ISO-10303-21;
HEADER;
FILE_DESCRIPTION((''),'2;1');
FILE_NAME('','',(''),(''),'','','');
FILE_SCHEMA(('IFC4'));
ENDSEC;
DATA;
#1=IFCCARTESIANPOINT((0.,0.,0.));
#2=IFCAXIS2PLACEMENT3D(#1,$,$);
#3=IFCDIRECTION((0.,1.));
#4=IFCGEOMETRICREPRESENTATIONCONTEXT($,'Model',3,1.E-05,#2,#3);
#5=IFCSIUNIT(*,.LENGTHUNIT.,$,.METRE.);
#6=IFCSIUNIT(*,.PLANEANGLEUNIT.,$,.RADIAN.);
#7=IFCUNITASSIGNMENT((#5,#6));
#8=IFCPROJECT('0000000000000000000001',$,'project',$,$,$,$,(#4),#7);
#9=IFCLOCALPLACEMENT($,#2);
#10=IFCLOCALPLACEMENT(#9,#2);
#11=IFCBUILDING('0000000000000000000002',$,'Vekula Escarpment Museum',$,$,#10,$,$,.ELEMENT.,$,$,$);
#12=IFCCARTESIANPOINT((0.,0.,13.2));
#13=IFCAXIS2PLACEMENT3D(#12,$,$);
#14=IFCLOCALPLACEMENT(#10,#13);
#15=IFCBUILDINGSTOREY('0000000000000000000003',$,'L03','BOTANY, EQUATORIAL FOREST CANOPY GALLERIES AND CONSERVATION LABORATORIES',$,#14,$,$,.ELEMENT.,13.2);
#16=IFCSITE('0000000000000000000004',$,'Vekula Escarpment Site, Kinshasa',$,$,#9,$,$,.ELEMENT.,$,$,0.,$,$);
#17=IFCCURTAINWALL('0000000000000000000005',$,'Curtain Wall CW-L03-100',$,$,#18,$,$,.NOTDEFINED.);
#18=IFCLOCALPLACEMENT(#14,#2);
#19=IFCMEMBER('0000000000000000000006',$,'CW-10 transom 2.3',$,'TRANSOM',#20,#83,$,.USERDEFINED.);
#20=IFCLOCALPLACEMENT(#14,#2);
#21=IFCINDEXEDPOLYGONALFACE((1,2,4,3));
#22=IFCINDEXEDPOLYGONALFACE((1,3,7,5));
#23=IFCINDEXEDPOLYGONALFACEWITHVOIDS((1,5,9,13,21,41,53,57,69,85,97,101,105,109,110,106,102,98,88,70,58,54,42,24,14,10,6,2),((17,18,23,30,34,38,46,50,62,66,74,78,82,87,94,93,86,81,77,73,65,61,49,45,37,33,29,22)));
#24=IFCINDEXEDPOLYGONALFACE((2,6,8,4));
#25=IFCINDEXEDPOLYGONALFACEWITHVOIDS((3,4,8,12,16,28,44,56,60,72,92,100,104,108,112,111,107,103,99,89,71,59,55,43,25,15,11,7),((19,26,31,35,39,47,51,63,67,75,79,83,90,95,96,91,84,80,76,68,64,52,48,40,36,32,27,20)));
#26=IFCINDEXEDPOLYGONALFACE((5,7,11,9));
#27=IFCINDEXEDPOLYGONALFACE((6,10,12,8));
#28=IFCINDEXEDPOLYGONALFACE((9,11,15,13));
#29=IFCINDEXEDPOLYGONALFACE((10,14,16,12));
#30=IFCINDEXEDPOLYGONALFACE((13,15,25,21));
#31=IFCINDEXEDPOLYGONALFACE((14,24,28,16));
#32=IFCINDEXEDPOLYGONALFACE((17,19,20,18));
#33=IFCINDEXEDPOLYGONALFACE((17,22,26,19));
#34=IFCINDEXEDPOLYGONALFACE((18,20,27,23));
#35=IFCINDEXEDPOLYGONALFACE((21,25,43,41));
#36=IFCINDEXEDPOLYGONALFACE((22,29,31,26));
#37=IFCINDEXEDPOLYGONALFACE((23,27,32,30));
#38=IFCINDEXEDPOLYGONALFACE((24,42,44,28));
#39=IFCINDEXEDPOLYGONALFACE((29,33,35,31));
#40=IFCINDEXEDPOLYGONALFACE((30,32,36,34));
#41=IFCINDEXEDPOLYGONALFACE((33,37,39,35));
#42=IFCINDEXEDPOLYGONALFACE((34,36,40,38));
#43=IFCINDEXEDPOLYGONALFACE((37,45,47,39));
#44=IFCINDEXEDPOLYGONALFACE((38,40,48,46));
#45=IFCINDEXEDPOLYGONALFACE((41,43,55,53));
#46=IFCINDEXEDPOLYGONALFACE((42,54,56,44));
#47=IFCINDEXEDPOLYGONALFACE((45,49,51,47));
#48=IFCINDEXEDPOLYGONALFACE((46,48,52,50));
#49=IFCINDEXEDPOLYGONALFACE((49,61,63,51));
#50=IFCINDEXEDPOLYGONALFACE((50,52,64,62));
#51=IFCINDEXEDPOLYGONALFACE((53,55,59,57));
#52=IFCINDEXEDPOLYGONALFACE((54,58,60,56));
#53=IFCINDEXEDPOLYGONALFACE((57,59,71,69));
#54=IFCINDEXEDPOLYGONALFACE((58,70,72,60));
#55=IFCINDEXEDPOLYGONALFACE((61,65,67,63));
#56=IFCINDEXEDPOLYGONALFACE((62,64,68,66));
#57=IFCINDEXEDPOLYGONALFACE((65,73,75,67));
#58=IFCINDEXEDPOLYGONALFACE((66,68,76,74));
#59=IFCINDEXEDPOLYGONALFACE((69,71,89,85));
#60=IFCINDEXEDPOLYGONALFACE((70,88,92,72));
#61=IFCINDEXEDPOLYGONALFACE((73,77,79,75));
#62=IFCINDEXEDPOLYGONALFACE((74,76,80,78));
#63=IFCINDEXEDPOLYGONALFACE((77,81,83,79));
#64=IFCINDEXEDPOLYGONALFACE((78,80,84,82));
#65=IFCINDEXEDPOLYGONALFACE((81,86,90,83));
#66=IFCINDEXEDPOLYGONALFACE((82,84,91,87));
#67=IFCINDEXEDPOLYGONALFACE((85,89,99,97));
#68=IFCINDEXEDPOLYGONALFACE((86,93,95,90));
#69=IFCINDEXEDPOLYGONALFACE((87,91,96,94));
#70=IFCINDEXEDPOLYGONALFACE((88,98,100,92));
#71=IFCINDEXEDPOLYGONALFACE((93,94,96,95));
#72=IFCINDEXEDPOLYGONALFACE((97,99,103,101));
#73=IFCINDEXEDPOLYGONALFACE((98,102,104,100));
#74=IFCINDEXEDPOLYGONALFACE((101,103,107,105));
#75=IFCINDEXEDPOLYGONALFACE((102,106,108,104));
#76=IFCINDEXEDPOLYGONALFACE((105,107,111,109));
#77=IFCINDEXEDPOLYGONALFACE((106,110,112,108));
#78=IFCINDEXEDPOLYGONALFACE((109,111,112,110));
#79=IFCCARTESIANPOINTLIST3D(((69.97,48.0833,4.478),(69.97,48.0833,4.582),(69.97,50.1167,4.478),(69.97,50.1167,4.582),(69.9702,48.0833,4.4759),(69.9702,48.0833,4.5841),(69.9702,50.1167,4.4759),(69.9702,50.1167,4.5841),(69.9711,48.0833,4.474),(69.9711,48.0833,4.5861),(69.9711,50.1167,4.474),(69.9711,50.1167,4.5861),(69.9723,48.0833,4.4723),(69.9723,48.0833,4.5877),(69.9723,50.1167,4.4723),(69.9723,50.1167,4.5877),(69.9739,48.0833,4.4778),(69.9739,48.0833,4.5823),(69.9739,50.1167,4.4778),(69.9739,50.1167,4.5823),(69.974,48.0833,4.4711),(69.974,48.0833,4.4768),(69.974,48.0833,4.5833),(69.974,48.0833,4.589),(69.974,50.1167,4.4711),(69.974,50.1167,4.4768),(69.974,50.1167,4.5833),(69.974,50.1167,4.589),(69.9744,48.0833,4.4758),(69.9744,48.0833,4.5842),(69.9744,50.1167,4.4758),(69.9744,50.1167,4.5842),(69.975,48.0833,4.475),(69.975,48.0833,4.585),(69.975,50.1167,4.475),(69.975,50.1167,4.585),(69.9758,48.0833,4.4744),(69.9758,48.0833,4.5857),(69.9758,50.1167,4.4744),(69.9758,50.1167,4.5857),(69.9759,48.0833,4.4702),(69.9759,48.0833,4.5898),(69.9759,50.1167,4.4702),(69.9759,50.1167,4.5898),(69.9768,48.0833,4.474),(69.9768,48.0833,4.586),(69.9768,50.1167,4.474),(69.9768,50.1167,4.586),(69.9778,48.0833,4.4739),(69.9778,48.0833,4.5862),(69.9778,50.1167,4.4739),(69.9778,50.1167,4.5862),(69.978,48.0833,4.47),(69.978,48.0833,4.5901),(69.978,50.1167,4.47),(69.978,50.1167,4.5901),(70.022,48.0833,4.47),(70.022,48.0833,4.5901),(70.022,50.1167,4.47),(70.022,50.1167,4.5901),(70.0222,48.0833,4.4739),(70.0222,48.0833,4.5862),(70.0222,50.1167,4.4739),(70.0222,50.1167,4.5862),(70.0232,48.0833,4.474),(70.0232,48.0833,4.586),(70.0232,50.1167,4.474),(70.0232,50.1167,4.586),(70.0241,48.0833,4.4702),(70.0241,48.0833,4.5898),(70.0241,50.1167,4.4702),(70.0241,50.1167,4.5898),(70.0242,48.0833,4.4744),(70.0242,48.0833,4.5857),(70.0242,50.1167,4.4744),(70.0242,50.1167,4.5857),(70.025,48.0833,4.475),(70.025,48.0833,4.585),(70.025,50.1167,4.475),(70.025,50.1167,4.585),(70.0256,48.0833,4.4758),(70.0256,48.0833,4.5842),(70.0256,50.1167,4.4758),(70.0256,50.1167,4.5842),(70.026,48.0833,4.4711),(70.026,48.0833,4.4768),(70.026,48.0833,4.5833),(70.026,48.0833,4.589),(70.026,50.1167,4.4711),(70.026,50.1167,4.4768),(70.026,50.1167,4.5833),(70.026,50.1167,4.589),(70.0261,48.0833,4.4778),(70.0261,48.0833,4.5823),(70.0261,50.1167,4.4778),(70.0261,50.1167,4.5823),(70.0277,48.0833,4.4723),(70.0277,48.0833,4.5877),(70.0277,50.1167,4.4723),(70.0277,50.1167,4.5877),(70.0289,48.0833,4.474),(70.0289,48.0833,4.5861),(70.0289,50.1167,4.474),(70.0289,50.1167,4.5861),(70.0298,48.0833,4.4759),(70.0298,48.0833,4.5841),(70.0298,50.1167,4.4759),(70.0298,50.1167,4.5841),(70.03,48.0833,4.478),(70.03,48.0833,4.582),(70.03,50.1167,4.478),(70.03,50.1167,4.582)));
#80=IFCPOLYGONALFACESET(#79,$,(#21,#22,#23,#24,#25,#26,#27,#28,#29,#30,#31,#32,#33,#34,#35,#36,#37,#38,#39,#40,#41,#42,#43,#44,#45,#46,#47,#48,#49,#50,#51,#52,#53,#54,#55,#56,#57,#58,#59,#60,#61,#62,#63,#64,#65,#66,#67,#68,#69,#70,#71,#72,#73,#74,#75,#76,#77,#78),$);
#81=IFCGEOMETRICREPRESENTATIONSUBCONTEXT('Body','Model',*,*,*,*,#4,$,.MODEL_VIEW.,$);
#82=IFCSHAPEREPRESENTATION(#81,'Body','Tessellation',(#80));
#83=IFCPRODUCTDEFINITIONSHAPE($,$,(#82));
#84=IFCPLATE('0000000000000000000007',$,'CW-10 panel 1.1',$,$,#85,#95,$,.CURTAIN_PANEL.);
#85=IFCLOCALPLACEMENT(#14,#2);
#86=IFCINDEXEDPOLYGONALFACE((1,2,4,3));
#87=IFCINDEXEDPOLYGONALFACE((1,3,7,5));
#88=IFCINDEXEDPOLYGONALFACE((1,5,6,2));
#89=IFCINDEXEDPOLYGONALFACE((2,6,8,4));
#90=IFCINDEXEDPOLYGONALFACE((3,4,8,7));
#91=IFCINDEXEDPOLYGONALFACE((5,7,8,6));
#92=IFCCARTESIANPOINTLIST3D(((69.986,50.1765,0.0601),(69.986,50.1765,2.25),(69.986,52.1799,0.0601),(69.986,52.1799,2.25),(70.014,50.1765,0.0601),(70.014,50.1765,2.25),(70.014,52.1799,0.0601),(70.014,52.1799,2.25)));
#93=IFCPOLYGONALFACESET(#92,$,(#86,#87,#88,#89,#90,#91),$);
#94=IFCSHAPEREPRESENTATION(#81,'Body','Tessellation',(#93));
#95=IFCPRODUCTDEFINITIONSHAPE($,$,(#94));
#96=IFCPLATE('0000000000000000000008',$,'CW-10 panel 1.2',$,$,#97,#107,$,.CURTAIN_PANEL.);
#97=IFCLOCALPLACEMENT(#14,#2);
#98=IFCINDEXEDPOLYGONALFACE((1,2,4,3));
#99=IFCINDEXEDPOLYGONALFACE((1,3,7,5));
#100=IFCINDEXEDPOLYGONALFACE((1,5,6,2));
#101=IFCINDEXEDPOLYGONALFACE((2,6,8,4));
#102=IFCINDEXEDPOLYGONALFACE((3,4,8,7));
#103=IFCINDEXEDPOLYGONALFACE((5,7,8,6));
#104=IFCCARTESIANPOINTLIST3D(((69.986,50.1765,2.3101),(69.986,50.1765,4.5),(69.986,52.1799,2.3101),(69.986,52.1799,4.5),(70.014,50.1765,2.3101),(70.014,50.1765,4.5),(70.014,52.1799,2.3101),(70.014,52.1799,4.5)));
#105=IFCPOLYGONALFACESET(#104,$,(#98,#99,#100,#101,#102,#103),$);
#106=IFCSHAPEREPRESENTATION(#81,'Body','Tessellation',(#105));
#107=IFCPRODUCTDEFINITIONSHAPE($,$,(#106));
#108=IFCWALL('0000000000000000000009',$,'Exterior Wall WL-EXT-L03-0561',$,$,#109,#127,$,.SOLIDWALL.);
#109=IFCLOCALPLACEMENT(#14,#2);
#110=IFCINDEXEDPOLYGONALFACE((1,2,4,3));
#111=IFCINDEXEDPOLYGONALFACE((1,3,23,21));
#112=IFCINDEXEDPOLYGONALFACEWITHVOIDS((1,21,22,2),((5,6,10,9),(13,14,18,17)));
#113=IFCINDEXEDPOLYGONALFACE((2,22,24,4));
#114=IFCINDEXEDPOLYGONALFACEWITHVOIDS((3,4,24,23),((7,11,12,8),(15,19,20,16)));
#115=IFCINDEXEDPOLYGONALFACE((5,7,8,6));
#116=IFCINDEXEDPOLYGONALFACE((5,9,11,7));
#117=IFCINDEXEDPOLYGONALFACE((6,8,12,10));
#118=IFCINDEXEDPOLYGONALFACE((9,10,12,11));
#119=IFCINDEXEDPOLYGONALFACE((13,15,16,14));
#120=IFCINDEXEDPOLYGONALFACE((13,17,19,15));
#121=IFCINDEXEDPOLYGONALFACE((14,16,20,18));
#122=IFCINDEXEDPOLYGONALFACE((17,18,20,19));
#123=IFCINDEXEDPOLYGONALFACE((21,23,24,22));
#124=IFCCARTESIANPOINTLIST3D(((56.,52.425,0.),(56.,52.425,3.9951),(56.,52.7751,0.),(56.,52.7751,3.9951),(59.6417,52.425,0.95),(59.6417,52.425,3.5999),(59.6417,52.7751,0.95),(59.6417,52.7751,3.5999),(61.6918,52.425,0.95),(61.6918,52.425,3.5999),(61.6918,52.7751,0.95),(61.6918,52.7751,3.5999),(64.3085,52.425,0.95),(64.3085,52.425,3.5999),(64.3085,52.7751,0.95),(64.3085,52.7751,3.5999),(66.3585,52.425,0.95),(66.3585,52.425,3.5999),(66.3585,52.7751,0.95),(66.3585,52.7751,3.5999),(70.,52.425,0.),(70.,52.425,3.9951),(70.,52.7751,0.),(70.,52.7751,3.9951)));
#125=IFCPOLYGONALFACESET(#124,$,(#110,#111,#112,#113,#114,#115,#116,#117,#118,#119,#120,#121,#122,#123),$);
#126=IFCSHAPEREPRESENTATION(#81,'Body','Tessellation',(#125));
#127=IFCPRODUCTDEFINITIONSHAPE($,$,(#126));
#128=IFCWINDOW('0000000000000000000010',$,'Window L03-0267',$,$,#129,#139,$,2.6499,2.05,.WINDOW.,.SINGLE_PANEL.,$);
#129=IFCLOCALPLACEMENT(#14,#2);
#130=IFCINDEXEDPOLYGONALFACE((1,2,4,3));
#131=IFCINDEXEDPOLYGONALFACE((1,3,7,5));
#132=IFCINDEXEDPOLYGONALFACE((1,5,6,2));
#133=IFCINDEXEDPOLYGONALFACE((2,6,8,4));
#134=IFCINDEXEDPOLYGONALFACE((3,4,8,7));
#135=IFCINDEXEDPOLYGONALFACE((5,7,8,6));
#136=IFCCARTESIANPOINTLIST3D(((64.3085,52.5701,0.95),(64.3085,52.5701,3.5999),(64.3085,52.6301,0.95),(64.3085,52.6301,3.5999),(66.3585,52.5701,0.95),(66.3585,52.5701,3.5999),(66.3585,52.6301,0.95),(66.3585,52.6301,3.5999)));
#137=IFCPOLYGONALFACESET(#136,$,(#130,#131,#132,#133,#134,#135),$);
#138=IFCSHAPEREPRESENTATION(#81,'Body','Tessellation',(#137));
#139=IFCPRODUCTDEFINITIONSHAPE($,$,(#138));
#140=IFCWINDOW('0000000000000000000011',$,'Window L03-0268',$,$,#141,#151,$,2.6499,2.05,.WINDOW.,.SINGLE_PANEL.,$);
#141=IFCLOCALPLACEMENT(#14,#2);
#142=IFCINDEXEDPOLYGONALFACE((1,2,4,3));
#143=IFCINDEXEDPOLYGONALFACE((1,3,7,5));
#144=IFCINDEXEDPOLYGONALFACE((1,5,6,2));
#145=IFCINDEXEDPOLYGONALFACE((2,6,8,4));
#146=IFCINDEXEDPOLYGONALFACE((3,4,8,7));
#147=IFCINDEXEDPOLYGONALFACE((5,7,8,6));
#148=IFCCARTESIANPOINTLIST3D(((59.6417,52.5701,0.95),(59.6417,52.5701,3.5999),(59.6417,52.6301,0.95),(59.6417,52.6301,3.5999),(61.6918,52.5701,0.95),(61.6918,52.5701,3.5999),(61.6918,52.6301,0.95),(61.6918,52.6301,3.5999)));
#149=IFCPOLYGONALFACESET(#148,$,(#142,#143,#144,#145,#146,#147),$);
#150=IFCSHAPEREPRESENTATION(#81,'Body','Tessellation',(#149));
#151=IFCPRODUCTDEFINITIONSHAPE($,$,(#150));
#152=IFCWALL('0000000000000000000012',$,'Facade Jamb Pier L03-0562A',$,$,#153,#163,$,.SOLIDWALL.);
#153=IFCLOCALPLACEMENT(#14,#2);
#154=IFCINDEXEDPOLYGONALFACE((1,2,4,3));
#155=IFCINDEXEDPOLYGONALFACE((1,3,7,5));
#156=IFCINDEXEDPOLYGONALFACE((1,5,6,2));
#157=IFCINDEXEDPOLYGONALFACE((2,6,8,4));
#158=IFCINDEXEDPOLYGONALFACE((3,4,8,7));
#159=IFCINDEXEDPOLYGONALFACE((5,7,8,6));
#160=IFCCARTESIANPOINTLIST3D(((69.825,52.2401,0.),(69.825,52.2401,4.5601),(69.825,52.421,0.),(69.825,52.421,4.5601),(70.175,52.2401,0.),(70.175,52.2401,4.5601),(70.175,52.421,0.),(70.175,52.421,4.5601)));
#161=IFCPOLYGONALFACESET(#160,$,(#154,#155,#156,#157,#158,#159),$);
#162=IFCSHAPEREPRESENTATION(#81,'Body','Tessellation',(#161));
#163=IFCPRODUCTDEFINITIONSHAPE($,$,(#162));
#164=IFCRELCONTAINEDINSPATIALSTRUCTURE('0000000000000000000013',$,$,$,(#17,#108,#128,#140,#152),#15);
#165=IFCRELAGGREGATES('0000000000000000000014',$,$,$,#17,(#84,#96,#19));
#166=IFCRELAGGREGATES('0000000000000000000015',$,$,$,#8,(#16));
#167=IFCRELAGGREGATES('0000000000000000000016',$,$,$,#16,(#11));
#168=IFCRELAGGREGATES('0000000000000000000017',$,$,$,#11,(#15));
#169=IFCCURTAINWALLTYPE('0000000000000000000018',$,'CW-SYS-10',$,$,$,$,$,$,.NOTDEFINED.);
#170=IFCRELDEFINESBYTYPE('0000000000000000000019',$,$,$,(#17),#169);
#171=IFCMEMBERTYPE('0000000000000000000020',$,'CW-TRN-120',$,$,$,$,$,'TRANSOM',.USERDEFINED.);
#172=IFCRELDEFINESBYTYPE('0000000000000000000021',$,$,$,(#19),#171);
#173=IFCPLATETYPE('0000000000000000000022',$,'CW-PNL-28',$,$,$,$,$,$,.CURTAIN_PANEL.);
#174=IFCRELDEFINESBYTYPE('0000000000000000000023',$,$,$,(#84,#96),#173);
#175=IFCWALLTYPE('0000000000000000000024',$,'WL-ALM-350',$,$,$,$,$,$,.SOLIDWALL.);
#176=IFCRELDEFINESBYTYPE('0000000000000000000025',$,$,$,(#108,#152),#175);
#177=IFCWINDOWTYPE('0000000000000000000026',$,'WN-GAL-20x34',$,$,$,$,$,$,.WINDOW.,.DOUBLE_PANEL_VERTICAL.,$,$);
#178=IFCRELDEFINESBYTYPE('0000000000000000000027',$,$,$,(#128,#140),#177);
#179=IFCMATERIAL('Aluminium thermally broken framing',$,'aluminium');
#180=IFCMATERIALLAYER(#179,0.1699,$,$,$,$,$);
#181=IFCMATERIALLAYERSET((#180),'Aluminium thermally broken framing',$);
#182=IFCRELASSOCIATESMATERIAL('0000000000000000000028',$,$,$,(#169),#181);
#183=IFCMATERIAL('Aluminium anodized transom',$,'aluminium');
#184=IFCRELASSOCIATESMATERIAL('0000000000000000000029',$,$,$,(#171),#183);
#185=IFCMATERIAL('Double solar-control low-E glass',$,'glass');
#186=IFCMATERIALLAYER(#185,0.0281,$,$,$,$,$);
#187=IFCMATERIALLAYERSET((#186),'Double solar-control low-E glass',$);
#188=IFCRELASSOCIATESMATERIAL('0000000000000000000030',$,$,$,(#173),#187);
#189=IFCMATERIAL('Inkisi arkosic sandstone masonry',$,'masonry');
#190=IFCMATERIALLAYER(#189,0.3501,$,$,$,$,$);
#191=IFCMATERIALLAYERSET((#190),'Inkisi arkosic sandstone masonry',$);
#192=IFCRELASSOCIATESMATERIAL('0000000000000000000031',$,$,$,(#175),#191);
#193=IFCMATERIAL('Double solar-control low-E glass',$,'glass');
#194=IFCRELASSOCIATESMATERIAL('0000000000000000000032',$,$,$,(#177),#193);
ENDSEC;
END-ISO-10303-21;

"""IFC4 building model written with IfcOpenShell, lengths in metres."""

from ifc_helpers import new_model, si_unit, direction, frame, frame_2d, origin, origin_2d, place, context, subcontext, project, spatial, rectangle, hollow_rectangle, extrude, material, layer, layer_set, material_profile, profile_set, type_object, element, fill, aggregate, save


model = new_model("IFC4")

# Units and contexts
model_context = context("Model", 3, precision=1e-05, world=origin(), true_north=direction((0.0, 1.0)))
body_context = subcontext(model_context, "Body", "Model", "MODEL_VIEW")
ifc_project = project(units=[si_unit("LENGTHUNIT", "METRE"), si_unit("PLANEANGLEUNIT", "RADIAN")], contexts=[model_context])

# Site, building, storey
site_placement = place(None, origin())
site = spatial("IfcSite", under=ifc_project, at=site_placement, Name="Vekula Escarpment Site, Kinshasa", CompositionType="ELEMENT", RefElevation=0.0)
building_placement = place(site_placement, origin())
building = spatial("IfcBuilding", under=site, at=building_placement, Name="Vekula Escarpment Museum", CompositionType="ELEMENT")
storey_placement = place(building_placement, frame((0.0, 0.0, 13.2)))
storey = spatial("IfcBuildingStorey", under=building, at=storey_placement, Name="L03", Description="BOTANY, EQUATORIAL FOREST CANOPY GALLERIES AND CONSERVATION LABORATORIES", CompositionType="ELEMENT", Elevation=13.2)

# Curtain wall, member, plates
ifc_material_1 = material(Name="Aluminium thermally broken framing", Category="aluminium")
ifc_layer_1 = layer(ifc_material_1, 0.1699)
ifc_layer_set_1 = layer_set([ifc_layer_1], Name="Aluminium thermally broken framing")
curtain_wall_type = type_object("IfcCurtainWallType", Name="CW-SYS-10", PredefinedType="NOTDEFINED", material=ifc_layer_set_1)
curtain_wall_placement = place(storey_placement, origin())
curtain_wall = element("IfcCurtainWall", 1, at=curtain_wall_placement, inside=storey, type_object=curtain_wall_type, Name="Curtain Wall CW-L03-100", PredefinedType="NOTDEFINED")
ifc_material_2 = material(Name="Aluminium anodized transom", Category="aluminium")
ifc_material_profile_1 = material_profile(ifc_material_2, hollow_rectangle(XDim=0.0601, YDim=0.1201, WallThickness=0.0039, InnerFilletRadius=0.0039, OuterFilletRadius=0.0081, at=origin_2d()), Name="ALU 120x60x4")
ifc_profile_set_1 = profile_set([ifc_material_profile_1], Name="Aluminium anodized transom")
member_type_1 = type_object("IfcMemberType", Name="CW-TRN-120", ElementType="TRANSOM", PredefinedType="USERDEFINED", material=ifc_profile_set_1)
member_1_placement = place(storey_placement, frame((70.0, 50.1167, 4.53), z_axis=(0.0, -1.0, 0.0), x_axis=(1.0, 0.0, 0.0)))
member_1 = element("IfcMember", 2, at=member_1_placement, type_object=member_type_1, Name="CW-10 transom 2.3", ObjectType="TRANSOM", PredefinedType="USERDEFINED", context=body_context, shape_type="SweptSolid", body=[
    extrude(hollow_rectangle(XDim=0.0601, YDim=0.1201, WallThickness=0.0039, InnerFilletRadius=0.0039, OuterFilletRadius=0.0081, at=origin_2d()), origin(), (0.0, 0.0, 1.0), 2.0334),
])
ifc_material_3 = material(Name="Double solar-control low-E glass", Category="glass")
ifc_layer_2 = layer(ifc_material_3, 0.0281)
ifc_layer_set_2 = layer_set([ifc_layer_2], Name="Double solar-control low-E glass")
plate_type = type_object("IfcPlateType", Name="CW-PNL-28", PredefinedType="CURTAIN_PANEL", material=ifc_layer_set_2)
plate_1_placement = place(storey_placement, frame((70.0, 51.1782, 0.0601), z_axis=(0.0, 0.0, 1.0), x_axis=(0.0, -1.0, 0.0)))
plate_1 = element("IfcPlate", 3, at=plate_1_placement, type_object=plate_type, Name="CW-10 panel 1.1", PredefinedType="CURTAIN_PANEL", context=body_context, shape_type="SweptSolid", body=[
    extrude(rectangle(XDim=2.0034, YDim=0.0281, at=origin_2d()), origin(), (0.0, 0.0, 1.0), 2.1899),
])
plate_2_placement = place(storey_placement, frame((70.0, 51.1782, 2.3101), z_axis=(0.0, 0.0, 1.0), x_axis=(0.0, -1.0, 0.0)))
plate_2 = element("IfcPlate", 4, at=plate_2_placement, type_object=plate_type, Name="CW-10 panel 1.2", PredefinedType="CURTAIN_PANEL", context=body_context, shape_type="SweptSolid", body=[
    extrude(rectangle(XDim=2.0034, YDim=0.0281, at=origin_2d()), origin(), (0.0, 0.0, 1.0), 2.1899),
])
aggregate(curtain_wall, [plate_1, plate_2, member_1])

# Wall, openings, windows
ifc_material_4 = material(Name="Inkisi arkosic sandstone masonry", Category="masonry")
ifc_layer_3 = layer(ifc_material_4, 0.3501)
ifc_layer_set_3 = layer_set([ifc_layer_3], Name="Inkisi arkosic sandstone masonry")
wall_type_1 = type_object("IfcWallType", Name="WL-ALM-350", PredefinedType="SOLIDWALL", material=ifc_layer_set_3)
wall_1_placement = place(storey_placement, frame((70.0, 52.6001, 0.0), z_axis=(0.0, 0.0, 1.0), x_axis=(-1.0, 0.0, 0.0)))
wall_1 = element("IfcWall", 5, at=wall_1_placement, inside=storey, type_object=wall_type_1, Name="Exterior Wall WL-EXT-L03-0561", PredefinedType="SOLIDWALL", context=body_context, shape_type="SweptSolid", body=[
    extrude(rectangle(XDim=14.0, YDim=0.3501, at=frame_2d((7.0, 0.0))), origin(), (0.0, 0.0, 1.0), 3.9951),
])
opening_1_placement = place(wall_1_placement, frame((3.6416, 0.0, 0.95)))
opening_1 = element("IfcOpeningElement", 6, at=opening_1_placement, cuts=wall_1, PredefinedType="OPENING", context=body_context, shape_type="SweptSolid", body=[
    extrude(rectangle(XDim=2.05, YDim=2.6499, at=frame_2d((1.0249, 1.325))), frame((0.0, 0.1851, 0.0), z_axis=(0.0, -1.0, 0.0), x_axis=(1.0, 0.0, 0.0)), (0.0, 0.0, 1.0), 0.3701),
])
opening_2_placement = place(wall_1_placement, frame((8.3083, 0.0, 0.95)))
opening_2 = element("IfcOpeningElement", 7, at=opening_2_placement, cuts=wall_1, PredefinedType="OPENING", context=body_context, shape_type="SweptSolid", body=[
    extrude(rectangle(XDim=2.05, YDim=2.6499, at=frame_2d((1.0249, 1.325))), frame((0.0, 0.1851, 0.0), z_axis=(0.0, -1.0, 0.0), x_axis=(1.0, 0.0, 0.0)), (0.0, 0.0, 1.0), 0.3701),
])
ifc_material_5 = material(Name="Double solar-control low-E glass", Category="glass")
window_type = type_object("IfcWindowType", Name="WN-GAL-20x34", PartitioningType="DOUBLE_PANEL_VERTICAL", PredefinedType="WINDOW", material=ifc_material_5)
window_1_placement = place(opening_1_placement, origin())
window_1 = element("IfcWindow", 8, at=window_1_placement, inside=storey, type_object=window_type, Name="Window L03-0267", OverallHeight=2.6499, OverallWidth=2.05, PartitioningType="SINGLE_PANEL", PredefinedType="WINDOW", context=body_context, shape_type="SweptSolid", body=[
    extrude(rectangle(XDim=2.05, YDim=2.6499, at=frame_2d((1.0249, 1.325))), frame((0.0, 0.03, 0.0), z_axis=(0.0, -1.0, 0.0), x_axis=(1.0, 0.0, 0.0)), (0.0, 0.0, 1.0), 0.0601),
])
fill(opening_1, window_1)
window_2_placement = place(opening_2_placement, origin())
window_2 = element("IfcWindow", 9, at=window_2_placement, inside=storey, type_object=window_type, Name="Window L03-0268", OverallHeight=2.6499, OverallWidth=2.05, PartitioningType="SINGLE_PANEL", PredefinedType="WINDOW", context=body_context, shape_type="SweptSolid", body=[
    extrude(rectangle(XDim=2.05, YDim=2.6499, at=frame_2d((1.0249, 1.325))), frame((0.0, 0.03, 0.0), z_axis=(0.0, -1.0, 0.0), x_axis=(1.0, 0.0, 0.0)), (0.0, 0.0, 1.0), 0.0601),
])
fill(opening_2, window_2)

# Wall
wall_2_placement = place(storey_placement, frame((70.0, 52.4209, 0.0), z_axis=(0.0, 0.0, 1.0), x_axis=(0.0, -1.0, 0.0)))
element("IfcWall", 10, at=wall_2_placement, inside=storey, type_object=wall_type_1, Name="Facade Jamb Pier L03-0562A", PredefinedType="SOLIDWALL", context=body_context, shape_type="SweptSolid", body=[
    extrude(rectangle(XDim=0.1809, YDim=0.3501, at=frame_2d((0.0903, 0.0))), origin(), (0.0, 0.0, 1.0), 4.5601),
])

save(model, "model.ifc")
